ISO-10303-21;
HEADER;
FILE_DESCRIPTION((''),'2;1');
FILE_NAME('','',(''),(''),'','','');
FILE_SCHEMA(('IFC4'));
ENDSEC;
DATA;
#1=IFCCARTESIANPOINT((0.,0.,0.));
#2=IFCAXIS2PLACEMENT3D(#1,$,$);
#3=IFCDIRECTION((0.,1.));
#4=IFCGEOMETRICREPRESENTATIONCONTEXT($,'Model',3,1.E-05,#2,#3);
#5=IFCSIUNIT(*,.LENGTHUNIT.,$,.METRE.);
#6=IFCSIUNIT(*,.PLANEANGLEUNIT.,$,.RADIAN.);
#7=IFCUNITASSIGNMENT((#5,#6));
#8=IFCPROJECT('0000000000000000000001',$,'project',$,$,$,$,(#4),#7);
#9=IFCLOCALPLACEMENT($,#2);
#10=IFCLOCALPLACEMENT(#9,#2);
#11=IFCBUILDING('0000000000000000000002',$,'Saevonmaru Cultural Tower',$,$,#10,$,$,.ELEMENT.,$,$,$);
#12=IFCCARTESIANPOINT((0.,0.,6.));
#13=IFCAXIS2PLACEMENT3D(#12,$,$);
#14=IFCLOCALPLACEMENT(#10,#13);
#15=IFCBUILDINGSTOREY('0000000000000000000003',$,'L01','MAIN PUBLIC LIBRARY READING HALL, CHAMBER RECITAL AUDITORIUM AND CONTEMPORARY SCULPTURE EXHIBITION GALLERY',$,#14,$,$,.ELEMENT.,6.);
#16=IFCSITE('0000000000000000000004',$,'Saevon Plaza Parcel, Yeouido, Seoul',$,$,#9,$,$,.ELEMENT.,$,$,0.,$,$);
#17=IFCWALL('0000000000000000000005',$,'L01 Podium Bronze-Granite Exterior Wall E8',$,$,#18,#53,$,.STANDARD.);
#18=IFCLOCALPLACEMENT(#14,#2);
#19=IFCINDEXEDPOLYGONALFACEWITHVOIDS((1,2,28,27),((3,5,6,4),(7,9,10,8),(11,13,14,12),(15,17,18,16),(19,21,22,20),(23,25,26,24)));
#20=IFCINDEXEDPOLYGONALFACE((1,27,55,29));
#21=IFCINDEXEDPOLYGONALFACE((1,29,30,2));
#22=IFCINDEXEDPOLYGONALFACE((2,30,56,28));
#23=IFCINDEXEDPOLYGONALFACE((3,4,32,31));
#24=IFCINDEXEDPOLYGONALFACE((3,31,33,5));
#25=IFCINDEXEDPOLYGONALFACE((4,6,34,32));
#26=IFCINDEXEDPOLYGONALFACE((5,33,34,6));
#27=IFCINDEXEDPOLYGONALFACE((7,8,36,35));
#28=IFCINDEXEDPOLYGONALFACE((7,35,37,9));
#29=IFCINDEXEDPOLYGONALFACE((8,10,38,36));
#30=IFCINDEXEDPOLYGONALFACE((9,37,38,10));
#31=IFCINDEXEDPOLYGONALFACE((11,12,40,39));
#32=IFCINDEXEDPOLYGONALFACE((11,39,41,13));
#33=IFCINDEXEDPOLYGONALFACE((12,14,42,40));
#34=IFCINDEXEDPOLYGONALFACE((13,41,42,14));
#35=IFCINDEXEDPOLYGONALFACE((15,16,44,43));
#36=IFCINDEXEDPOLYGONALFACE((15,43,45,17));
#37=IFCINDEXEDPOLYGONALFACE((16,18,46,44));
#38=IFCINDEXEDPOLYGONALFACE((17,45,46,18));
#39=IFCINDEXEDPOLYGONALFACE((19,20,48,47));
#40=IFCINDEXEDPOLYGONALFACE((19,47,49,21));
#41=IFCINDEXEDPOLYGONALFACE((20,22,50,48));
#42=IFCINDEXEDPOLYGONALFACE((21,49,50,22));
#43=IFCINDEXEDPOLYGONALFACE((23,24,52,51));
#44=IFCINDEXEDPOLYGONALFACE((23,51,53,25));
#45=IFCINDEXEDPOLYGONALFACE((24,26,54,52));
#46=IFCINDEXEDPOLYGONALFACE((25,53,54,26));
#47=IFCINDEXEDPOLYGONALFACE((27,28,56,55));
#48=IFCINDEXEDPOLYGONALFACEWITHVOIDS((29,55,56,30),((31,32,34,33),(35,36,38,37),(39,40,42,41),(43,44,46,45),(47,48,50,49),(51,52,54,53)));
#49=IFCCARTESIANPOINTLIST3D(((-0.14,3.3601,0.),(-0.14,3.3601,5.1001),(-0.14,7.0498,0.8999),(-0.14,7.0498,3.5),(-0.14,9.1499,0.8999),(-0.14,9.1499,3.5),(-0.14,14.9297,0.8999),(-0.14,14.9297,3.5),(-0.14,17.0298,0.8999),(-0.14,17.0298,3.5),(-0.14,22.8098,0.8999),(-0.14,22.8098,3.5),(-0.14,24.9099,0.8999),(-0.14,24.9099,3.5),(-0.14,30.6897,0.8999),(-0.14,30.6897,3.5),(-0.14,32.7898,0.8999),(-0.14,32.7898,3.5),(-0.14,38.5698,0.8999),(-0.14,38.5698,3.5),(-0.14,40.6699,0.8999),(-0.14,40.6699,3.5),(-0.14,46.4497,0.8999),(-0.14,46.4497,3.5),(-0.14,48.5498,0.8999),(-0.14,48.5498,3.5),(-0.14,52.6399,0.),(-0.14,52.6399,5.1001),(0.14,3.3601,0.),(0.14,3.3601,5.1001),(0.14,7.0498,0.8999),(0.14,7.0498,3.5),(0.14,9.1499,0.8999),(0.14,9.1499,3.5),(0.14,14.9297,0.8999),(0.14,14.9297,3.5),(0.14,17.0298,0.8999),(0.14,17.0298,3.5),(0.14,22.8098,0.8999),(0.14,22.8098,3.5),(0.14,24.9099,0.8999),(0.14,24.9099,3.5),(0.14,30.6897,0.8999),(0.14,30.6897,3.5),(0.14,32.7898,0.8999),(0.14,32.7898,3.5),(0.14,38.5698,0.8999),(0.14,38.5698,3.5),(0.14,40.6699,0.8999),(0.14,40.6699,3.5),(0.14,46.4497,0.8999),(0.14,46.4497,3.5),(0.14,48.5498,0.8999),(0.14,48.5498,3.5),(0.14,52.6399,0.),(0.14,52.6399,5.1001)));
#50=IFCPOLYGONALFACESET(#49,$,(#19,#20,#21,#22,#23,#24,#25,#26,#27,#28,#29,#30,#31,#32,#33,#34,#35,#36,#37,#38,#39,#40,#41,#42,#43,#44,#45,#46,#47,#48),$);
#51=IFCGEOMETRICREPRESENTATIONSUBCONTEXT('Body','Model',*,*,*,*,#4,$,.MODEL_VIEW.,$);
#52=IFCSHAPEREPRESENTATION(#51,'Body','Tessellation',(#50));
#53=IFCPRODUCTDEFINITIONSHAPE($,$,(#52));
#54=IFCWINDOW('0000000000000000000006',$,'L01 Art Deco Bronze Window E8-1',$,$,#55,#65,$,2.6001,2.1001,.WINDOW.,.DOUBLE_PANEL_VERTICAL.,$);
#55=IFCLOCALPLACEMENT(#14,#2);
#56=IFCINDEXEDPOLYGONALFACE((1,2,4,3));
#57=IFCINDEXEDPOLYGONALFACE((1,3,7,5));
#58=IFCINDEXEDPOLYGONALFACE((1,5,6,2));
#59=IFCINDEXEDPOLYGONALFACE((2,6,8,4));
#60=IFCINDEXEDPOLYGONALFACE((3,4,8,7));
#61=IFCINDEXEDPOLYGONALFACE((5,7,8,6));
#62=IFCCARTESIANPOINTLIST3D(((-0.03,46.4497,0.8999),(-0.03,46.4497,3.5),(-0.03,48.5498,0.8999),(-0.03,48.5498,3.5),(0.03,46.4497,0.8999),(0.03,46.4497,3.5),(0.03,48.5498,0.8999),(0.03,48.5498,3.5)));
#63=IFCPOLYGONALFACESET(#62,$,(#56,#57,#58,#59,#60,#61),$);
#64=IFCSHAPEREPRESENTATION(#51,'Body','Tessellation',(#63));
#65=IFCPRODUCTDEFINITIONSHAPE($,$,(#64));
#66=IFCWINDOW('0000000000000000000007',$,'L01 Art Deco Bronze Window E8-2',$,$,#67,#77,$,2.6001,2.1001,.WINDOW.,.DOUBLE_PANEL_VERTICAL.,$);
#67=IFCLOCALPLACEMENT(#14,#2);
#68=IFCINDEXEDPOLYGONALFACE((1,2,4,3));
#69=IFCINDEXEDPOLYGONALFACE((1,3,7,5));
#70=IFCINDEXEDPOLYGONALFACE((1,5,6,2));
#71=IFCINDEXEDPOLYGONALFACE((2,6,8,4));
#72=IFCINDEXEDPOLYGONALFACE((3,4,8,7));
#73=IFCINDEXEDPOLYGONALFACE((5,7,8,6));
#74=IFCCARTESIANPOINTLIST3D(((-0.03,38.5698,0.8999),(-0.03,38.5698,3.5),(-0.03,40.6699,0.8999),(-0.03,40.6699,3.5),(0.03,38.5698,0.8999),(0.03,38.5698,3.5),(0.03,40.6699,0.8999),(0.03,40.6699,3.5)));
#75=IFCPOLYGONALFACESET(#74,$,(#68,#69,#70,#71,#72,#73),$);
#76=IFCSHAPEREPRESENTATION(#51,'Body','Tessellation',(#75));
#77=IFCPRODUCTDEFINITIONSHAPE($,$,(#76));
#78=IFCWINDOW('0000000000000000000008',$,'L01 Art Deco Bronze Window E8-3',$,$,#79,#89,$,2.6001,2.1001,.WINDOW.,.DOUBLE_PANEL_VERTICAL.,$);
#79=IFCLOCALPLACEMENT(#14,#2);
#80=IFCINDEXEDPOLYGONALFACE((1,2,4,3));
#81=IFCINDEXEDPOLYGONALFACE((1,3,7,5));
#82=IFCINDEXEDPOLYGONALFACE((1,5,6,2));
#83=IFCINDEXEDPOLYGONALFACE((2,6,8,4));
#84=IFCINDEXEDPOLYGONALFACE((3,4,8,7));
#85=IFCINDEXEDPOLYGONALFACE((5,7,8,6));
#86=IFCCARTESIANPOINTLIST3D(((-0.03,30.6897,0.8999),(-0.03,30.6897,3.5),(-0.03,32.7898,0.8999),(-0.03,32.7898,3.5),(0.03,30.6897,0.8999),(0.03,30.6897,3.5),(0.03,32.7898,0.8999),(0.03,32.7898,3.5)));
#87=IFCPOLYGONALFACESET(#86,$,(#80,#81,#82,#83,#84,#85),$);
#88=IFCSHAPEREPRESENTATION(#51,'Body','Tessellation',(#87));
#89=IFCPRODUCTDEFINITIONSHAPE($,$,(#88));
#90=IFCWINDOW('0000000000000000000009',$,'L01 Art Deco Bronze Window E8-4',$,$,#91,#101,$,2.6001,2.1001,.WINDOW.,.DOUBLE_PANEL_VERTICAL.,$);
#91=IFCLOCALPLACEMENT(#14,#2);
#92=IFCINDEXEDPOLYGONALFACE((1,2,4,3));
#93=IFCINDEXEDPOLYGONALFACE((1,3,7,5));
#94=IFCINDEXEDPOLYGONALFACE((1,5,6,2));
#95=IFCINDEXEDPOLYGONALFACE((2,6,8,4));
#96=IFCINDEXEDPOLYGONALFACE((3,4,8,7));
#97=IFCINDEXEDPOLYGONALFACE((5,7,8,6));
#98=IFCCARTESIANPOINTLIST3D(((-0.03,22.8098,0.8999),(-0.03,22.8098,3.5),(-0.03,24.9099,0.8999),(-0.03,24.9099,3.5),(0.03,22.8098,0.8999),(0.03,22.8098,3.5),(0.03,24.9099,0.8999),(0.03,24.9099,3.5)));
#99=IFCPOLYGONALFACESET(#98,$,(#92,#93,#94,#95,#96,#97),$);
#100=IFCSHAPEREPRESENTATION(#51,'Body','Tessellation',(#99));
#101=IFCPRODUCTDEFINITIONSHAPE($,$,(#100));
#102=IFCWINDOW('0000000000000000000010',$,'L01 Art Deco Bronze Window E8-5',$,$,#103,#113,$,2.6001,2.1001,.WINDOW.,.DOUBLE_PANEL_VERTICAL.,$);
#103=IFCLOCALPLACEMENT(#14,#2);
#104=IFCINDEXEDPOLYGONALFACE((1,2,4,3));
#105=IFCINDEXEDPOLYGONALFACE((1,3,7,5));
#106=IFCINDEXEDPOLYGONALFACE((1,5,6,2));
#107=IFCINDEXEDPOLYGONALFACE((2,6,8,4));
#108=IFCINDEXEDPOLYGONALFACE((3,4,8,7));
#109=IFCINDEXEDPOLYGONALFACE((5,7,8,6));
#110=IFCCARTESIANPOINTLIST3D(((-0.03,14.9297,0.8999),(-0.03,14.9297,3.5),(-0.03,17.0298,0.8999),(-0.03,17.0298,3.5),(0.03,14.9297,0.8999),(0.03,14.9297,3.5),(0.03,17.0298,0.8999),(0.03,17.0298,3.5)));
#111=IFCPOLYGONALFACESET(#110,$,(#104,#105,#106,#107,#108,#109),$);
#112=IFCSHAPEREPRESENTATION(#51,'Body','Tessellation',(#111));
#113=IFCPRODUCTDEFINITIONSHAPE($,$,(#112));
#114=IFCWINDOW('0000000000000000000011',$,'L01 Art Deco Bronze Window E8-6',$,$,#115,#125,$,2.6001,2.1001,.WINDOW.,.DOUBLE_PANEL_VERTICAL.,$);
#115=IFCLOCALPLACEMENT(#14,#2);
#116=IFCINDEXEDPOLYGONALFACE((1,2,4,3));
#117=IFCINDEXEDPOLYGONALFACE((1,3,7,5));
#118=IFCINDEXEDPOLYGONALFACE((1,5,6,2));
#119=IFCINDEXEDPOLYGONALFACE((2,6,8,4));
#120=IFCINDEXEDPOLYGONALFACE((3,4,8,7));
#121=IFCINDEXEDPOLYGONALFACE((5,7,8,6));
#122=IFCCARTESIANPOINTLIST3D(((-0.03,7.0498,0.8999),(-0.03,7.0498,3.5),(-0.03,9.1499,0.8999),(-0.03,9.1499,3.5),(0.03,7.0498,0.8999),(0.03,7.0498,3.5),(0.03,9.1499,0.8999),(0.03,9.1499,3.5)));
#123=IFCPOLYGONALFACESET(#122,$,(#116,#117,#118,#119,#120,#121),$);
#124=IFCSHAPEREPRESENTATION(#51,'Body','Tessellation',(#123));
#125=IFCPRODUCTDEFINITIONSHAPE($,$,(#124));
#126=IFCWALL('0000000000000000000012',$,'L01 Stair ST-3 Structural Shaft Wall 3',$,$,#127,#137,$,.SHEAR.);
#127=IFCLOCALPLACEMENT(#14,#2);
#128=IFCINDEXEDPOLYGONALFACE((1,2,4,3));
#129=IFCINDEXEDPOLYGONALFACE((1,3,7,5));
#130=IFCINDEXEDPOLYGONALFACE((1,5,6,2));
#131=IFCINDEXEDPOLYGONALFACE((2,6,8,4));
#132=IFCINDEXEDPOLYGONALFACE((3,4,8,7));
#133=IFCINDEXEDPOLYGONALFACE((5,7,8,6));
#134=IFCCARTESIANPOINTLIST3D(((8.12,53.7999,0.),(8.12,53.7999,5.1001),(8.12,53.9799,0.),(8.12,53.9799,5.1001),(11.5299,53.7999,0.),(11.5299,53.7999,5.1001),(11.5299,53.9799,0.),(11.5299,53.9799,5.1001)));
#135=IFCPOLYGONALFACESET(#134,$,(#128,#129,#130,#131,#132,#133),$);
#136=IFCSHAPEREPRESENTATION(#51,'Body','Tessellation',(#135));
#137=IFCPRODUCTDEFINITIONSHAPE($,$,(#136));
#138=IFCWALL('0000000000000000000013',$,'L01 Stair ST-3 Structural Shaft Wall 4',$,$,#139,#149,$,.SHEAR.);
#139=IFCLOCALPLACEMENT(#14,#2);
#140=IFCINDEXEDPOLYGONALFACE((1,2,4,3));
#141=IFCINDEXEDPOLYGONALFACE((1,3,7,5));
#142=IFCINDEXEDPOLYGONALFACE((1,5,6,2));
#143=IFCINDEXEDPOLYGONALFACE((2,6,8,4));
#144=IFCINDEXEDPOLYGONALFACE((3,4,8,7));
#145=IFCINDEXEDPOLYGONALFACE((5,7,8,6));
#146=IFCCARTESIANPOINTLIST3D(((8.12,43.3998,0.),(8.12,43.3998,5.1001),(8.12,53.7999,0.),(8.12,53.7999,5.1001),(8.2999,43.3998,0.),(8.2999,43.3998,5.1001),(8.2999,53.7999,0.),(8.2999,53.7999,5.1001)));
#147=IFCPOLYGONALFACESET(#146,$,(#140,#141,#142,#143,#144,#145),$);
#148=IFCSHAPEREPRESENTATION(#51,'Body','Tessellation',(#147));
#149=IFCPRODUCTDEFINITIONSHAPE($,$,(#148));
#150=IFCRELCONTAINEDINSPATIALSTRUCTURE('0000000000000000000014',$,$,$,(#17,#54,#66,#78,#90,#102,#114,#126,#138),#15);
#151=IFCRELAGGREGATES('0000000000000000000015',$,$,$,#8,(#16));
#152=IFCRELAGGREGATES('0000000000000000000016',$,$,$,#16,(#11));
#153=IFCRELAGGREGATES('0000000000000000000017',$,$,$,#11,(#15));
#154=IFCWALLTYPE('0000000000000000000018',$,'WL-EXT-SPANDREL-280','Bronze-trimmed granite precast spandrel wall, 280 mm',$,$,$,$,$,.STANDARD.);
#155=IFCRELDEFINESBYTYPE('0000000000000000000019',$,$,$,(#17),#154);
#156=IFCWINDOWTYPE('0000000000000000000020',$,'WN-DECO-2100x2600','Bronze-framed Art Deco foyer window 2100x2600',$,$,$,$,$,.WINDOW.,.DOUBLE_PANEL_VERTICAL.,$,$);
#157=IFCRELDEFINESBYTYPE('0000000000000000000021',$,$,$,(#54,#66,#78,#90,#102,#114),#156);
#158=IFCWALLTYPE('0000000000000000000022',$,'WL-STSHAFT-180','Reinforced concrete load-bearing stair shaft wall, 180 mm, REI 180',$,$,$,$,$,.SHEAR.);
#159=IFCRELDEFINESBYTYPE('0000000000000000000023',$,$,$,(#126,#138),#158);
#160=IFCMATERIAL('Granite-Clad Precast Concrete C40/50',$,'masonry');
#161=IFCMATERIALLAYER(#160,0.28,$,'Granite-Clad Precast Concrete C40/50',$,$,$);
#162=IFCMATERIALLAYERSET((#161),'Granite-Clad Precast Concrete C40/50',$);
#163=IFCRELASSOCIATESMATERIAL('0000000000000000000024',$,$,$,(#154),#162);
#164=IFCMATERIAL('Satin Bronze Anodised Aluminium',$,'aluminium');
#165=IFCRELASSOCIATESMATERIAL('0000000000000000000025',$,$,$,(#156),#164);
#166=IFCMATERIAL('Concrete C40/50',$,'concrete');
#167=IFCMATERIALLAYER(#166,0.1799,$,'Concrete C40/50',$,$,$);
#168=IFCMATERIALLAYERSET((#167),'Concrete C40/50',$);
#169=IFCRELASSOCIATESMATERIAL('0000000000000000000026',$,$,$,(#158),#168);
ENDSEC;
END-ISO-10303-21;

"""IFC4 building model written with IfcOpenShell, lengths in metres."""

from ifc_helpers import new_model, si_unit, direction, frame, frame_2d, origin, place, context, subcontext, project, spatial, rectangle, extrude, material, layer, layer_set, type_object, element, fill, save


model = new_model("IFC4")

# Units and contexts
model_context = context("Model", 3, precision=1e-05, world=origin(), true_north=direction((0.0, 1.0)))
body_context = subcontext(model_context, "Body", "Model", "MODEL_VIEW")
ifc_project = project(units=[si_unit("LENGTHUNIT", "METRE"), si_unit("PLANEANGLEUNIT", "RADIAN")], contexts=[model_context])

# Site, building, storey
site_placement = place(None, origin())
site = spatial("IfcSite", under=ifc_project, at=site_placement, Name="Saevon Plaza Parcel, Yeouido, Seoul", CompositionType="ELEMENT", RefElevation=0.0)
building_placement = place(site_placement, origin())
building = spatial("IfcBuilding", under=site, at=building_placement, Name="Saevonmaru Cultural Tower", CompositionType="ELEMENT")
storey_placement = place(building_placement, frame((0.0, 0.0, 6.0)))
storey = spatial("IfcBuildingStorey", under=building, at=storey_placement, Name="L01", Description="MAIN PUBLIC LIBRARY READING HALL, CHAMBER RECITAL AUDITORIUM AND CONTEMPORARY SCULPTURE EXHIBITION GALLERY", CompositionType="ELEMENT", Elevation=6.0)

# Shared definitions
ifc_material_1 = material(Name="Granite-Clad Precast Concrete C40/50", Category="masonry")
ifc_material_2 = material(Name="Satin Bronze Anodised Aluminium", Category="aluminium")

# Wall, openings, windows
ifc_layer_1 = layer(ifc_material_1, 0.28, Name="Granite-Clad Precast Concrete C40/50")
ifc_layer_set_1 = layer_set([ifc_layer_1], Name="Granite-Clad Precast Concrete C40/50")
wall_type_1 = type_object("IfcWallType", Name="WL-EXT-SPANDREL-280", Description="Bronze-trimmed granite precast spandrel wall, 280 mm", PredefinedType="STANDARD", material=ifc_layer_set_1)
wall_1_placement = place(storey_placement, frame((0.0, 52.6399, 0.0), z_axis=(0.0, 0.0, 1.0), x_axis=(0.0, -1.0, 0.0)))
wall_1 = element("IfcWall", 1, at=wall_1_placement, inside=storey, type_object=wall_type_1, Name="L01 Podium Bronze-Granite Exterior Wall E8", PredefinedType="STANDARD", context=body_context, shape_type="SweptSolid", body=[
    extrude(rectangle(XDim=49.2798, YDim=0.28, at=frame_2d((24.6399, 0.0))), origin(), (0.0, 0.0, 1.0), 5.1001),
])
opening_1_placement = place(wall_1_placement, frame((4.0901, 0.0, 0.8999)))
opening_1 = element("IfcOpeningElement", 2, at=opening_1_placement, cuts=wall_1, PredefinedType="OPENING", context=body_context, shape_type="SweptSolid", body=[
    extrude(rectangle(XDim=2.1001, YDim=2.6001, at=frame_2d((1.05, 1.3))), frame((0.0, 0.1499, 0.0), z_axis=(0.0, -1.0, 0.0), x_axis=(1.0, 0.0, 0.0)), (0.0, 0.0, 1.0), 0.3),
])
opening_2_placement = place(wall_1_placement, frame((11.97, 0.0, 0.8999)))
opening_2 = element("IfcOpeningElement", 3, at=opening_2_placement, cuts=wall_1, PredefinedType="OPENING", context=body_context, shape_type="SweptSolid", body=[
    extrude(rectangle(XDim=2.1001, YDim=2.6001, at=frame_2d((1.05, 1.3))), frame((0.0, 0.1499, 0.0), z_axis=(0.0, -1.0, 0.0), x_axis=(1.0, 0.0, 0.0)), (0.0, 0.0, 1.0), 0.3),
])
opening_3_placement = place(wall_1_placement, frame((19.8501, 0.0, 0.8999)))
opening_3 = element("IfcOpeningElement", 4, at=opening_3_placement, cuts=wall_1, PredefinedType="OPENING", context=body_context, shape_type="SweptSolid", body=[
    extrude(rectangle(XDim=2.1001, YDim=2.6001, at=frame_2d((1.05, 1.3))), frame((0.0, 0.1499, 0.0), z_axis=(0.0, -1.0, 0.0), x_axis=(1.0, 0.0, 0.0)), (0.0, 0.0, 1.0), 0.3),
])
opening_4_placement = place(wall_1_placement, frame((27.73, 0.0, 0.8999)))
opening_4 = element("IfcOpeningElement", 5, at=opening_4_placement, cuts=wall_1, PredefinedType="OPENING", context=body_context, shape_type="SweptSolid", body=[
    extrude(rectangle(XDim=2.1001, YDim=2.6001, at=frame_2d((1.05, 1.3))), frame((0.0, 0.1499, 0.0), z_axis=(0.0, -1.0, 0.0), x_axis=(1.0, 0.0, 0.0)), (0.0, 0.0, 1.0), 0.3),
])
opening_5_placement = place(wall_1_placement, frame((35.6101, 0.0, 0.8999)))
opening_5 = element("IfcOpeningElement", 6, at=opening_5_placement, cuts=wall_1, PredefinedType="OPENING", context=body_context, shape_type="SweptSolid", body=[
    extrude(rectangle(XDim=2.1001, YDim=2.6001, at=frame_2d((1.05, 1.3))), frame((0.0, 0.1499, 0.0), z_axis=(0.0, -1.0, 0.0), x_axis=(1.0, 0.0, 0.0)), (0.0, 0.0, 1.0), 0.3),
])
opening_6_placement = place(wall_1_placement, frame((43.49, 0.0, 0.8999)))
opening_6 = element("IfcOpeningElement", 7, at=opening_6_placement, cuts=wall_1, PredefinedType="OPENING", context=body_context, shape_type="SweptSolid", body=[
    extrude(rectangle(XDim=2.1001, YDim=2.6001, at=frame_2d((1.05, 1.3))), frame((0.0, 0.1499, 0.0), z_axis=(0.0, -1.0, 0.0), x_axis=(1.0, 0.0, 0.0)), (0.0, 0.0, 1.0), 0.3),
])
window_type_1 = type_object("IfcWindowType", Name="WN-DECO-2100x2600", Description="Bronze-framed Art Deco foyer window 2100x2600", PartitioningType="DOUBLE_PANEL_VERTICAL", PredefinedType="WINDOW", material=ifc_material_2)
window_1_placement = place(opening_1_placement, origin())
window_1 = element("IfcWindow", 8, at=window_1_placement, inside=storey, type_object=window_type_1, Name="L01 Art Deco Bronze Window E8-1", OverallHeight=2.6001, OverallWidth=2.1001, PartitioningType="DOUBLE_PANEL_VERTICAL", PredefinedType="WINDOW", context=body_context, shape_type="SweptSolid", body=[
    extrude(rectangle(XDim=2.1001, YDim=2.6001, at=frame_2d((1.05, 1.3))), frame((0.0, 0.03, 0.0), z_axis=(0.0, -1.0, 0.0), x_axis=(1.0, 0.0, 0.0)), (0.0, 0.0, 1.0), 0.0601),
])
fill(opening_1, window_1)
window_2_placement = place(opening_2_placement, origin())
window_2 = element("IfcWindow", 9, at=window_2_placement, inside=storey, type_object=window_type_1, Name="L01 Art Deco Bronze Window E8-2", OverallHeight=2.6001, OverallWidth=2.1001, PartitioningType="DOUBLE_PANEL_VERTICAL", PredefinedType="WINDOW", context=body_context, shape_type="SweptSolid", body=[
    extrude(rectangle(XDim=2.1001, YDim=2.6001, at=frame_2d((1.05, 1.3))), frame((0.0, 0.03, 0.0), z_axis=(0.0, -1.0, 0.0), x_axis=(1.0, 0.0, 0.0)), (0.0, 0.0, 1.0), 0.0601),
])
fill(opening_2, window_2)
window_3_placement = place(opening_3_placement, origin())
window_3 = element("IfcWindow", 10, at=window_3_placement, inside=storey, type_object=window_type_1, Name="L01 Art Deco Bronze Window E8-3", OverallHeight=2.6001, OverallWidth=2.1001, PartitioningType="DOUBLE_PANEL_VERTICAL", PredefinedType="WINDOW", context=body_context, shape_type="SweptSolid", body=[
    extrude(rectangle(XDim=2.1001, YDim=2.6001, at=frame_2d((1.05, 1.3))), frame((0.0, 0.03, 0.0), z_axis=(0.0, -1.0, 0.0), x_axis=(1.0, 0.0, 0.0)), (0.0, 0.0, 1.0), 0.0601),
])
fill(opening_3, window_3)
window_4_placement = place(opening_4_placement, origin())
window_4 = element("IfcWindow", 11, at=window_4_placement, inside=storey, type_object=window_type_1, Name="L01 Art Deco Bronze Window E8-4", OverallHeight=2.6001, OverallWidth=2.1001, PartitioningType="DOUBLE_PANEL_VERTICAL", PredefinedType="WINDOW", context=body_context, shape_type="SweptSolid", body=[
    extrude(rectangle(XDim=2.1001, YDim=2.6001, at=frame_2d((1.05, 1.3))), frame((0.0, 0.03, 0.0), z_axis=(0.0, -1.0, 0.0), x_axis=(1.0, 0.0, 0.0)), (0.0, 0.0, 1.0), 0.0601),
])
fill(opening_4, window_4)
window_5_placement = place(opening_5_placement, origin())
window_5 = element("IfcWindow", 12, at=window_5_placement, inside=storey, type_object=window_type_1, Name="L01 Art Deco Bronze Window E8-5", OverallHeight=2.6001, OverallWidth=2.1001, PartitioningType="DOUBLE_PANEL_VERTICAL", PredefinedType="WINDOW", context=body_context, shape_type="SweptSolid", body=[
    extrude(rectangle(XDim=2.1001, YDim=2.6001, at=frame_2d((1.05, 1.3))), frame((0.0, 0.03, 0.0), z_axis=(0.0, -1.0, 0.0), x_axis=(1.0, 0.0, 0.0)), (0.0, 0.0, 1.0), 0.0601),
])
fill(opening_5, window_5)
window_6_placement = place(opening_6_placement, origin())
window_6 = element("IfcWindow", 13, at=window_6_placement, inside=storey, type_object=window_type_1, Name="L01 Art Deco Bronze Window E8-6", OverallHeight=2.6001, OverallWidth=2.1001, PartitioningType="DOUBLE_PANEL_VERTICAL", PredefinedType="WINDOW", context=body_context, shape_type="SweptSolid", body=[
    extrude(rectangle(XDim=2.1001, YDim=2.6001, at=frame_2d((1.05, 1.3))), frame((0.0, 0.03, 0.0), z_axis=(0.0, -1.0, 0.0), x_axis=(1.0, 0.0, 0.0)), (0.0, 0.0, 1.0), 0.0601),
])
fill(opening_6, window_6)

# Walls
ifc_material_3 = material(Name="Concrete C40/50", Category="concrete")
ifc_layer_2 = layer(ifc_material_3, 0.1799, Name="Concrete C40/50")
ifc_layer_set_2 = layer_set([ifc_layer_2], Name="Concrete C40/50")
wall_type_2 = type_object("IfcWallType", Name="WL-STSHAFT-180", Description="Reinforced concrete load-bearing stair shaft wall, 180 mm, REI 180", PredefinedType="SHEAR", material=ifc_layer_set_2)
wall_2_placement = place(storey_placement, frame((11.53, 53.8899, 0.0), z_axis=(0.0, 0.0, 1.0), x_axis=(-1.0, 0.0, 0.0)))
element("IfcWall", 14, at=wall_2_placement, inside=storey, type_object=wall_type_2, Name="L01 Stair ST-3 Structural Shaft Wall 3", PredefinedType="SHEAR", context=body_context, shape_type="SweptSolid", body=[
    extrude(rectangle(XDim=3.4099, YDim=0.1799, at=frame_2d((1.7051, 0.0))), origin(), (0.0, 0.0, 1.0), 5.1001),
])
wall_3_placement = place(storey_placement, frame((8.21, 53.8, 0.0), z_axis=(0.0, 0.0, 1.0), x_axis=(0.0, -1.0, 0.0)))
element("IfcWall", 15, at=wall_3_placement, inside=storey, type_object=wall_type_2, Name="L01 Stair ST-3 Structural Shaft Wall 4", PredefinedType="SHEAR", context=body_context, shape_type="SweptSolid", body=[
    extrude(rectangle(XDim=10.4001, YDim=0.1799, at=frame_2d((5.2002, 0.0))), origin(), (0.0, 0.0, 1.0), 5.1001),
])

save(model, "model.ifc")
